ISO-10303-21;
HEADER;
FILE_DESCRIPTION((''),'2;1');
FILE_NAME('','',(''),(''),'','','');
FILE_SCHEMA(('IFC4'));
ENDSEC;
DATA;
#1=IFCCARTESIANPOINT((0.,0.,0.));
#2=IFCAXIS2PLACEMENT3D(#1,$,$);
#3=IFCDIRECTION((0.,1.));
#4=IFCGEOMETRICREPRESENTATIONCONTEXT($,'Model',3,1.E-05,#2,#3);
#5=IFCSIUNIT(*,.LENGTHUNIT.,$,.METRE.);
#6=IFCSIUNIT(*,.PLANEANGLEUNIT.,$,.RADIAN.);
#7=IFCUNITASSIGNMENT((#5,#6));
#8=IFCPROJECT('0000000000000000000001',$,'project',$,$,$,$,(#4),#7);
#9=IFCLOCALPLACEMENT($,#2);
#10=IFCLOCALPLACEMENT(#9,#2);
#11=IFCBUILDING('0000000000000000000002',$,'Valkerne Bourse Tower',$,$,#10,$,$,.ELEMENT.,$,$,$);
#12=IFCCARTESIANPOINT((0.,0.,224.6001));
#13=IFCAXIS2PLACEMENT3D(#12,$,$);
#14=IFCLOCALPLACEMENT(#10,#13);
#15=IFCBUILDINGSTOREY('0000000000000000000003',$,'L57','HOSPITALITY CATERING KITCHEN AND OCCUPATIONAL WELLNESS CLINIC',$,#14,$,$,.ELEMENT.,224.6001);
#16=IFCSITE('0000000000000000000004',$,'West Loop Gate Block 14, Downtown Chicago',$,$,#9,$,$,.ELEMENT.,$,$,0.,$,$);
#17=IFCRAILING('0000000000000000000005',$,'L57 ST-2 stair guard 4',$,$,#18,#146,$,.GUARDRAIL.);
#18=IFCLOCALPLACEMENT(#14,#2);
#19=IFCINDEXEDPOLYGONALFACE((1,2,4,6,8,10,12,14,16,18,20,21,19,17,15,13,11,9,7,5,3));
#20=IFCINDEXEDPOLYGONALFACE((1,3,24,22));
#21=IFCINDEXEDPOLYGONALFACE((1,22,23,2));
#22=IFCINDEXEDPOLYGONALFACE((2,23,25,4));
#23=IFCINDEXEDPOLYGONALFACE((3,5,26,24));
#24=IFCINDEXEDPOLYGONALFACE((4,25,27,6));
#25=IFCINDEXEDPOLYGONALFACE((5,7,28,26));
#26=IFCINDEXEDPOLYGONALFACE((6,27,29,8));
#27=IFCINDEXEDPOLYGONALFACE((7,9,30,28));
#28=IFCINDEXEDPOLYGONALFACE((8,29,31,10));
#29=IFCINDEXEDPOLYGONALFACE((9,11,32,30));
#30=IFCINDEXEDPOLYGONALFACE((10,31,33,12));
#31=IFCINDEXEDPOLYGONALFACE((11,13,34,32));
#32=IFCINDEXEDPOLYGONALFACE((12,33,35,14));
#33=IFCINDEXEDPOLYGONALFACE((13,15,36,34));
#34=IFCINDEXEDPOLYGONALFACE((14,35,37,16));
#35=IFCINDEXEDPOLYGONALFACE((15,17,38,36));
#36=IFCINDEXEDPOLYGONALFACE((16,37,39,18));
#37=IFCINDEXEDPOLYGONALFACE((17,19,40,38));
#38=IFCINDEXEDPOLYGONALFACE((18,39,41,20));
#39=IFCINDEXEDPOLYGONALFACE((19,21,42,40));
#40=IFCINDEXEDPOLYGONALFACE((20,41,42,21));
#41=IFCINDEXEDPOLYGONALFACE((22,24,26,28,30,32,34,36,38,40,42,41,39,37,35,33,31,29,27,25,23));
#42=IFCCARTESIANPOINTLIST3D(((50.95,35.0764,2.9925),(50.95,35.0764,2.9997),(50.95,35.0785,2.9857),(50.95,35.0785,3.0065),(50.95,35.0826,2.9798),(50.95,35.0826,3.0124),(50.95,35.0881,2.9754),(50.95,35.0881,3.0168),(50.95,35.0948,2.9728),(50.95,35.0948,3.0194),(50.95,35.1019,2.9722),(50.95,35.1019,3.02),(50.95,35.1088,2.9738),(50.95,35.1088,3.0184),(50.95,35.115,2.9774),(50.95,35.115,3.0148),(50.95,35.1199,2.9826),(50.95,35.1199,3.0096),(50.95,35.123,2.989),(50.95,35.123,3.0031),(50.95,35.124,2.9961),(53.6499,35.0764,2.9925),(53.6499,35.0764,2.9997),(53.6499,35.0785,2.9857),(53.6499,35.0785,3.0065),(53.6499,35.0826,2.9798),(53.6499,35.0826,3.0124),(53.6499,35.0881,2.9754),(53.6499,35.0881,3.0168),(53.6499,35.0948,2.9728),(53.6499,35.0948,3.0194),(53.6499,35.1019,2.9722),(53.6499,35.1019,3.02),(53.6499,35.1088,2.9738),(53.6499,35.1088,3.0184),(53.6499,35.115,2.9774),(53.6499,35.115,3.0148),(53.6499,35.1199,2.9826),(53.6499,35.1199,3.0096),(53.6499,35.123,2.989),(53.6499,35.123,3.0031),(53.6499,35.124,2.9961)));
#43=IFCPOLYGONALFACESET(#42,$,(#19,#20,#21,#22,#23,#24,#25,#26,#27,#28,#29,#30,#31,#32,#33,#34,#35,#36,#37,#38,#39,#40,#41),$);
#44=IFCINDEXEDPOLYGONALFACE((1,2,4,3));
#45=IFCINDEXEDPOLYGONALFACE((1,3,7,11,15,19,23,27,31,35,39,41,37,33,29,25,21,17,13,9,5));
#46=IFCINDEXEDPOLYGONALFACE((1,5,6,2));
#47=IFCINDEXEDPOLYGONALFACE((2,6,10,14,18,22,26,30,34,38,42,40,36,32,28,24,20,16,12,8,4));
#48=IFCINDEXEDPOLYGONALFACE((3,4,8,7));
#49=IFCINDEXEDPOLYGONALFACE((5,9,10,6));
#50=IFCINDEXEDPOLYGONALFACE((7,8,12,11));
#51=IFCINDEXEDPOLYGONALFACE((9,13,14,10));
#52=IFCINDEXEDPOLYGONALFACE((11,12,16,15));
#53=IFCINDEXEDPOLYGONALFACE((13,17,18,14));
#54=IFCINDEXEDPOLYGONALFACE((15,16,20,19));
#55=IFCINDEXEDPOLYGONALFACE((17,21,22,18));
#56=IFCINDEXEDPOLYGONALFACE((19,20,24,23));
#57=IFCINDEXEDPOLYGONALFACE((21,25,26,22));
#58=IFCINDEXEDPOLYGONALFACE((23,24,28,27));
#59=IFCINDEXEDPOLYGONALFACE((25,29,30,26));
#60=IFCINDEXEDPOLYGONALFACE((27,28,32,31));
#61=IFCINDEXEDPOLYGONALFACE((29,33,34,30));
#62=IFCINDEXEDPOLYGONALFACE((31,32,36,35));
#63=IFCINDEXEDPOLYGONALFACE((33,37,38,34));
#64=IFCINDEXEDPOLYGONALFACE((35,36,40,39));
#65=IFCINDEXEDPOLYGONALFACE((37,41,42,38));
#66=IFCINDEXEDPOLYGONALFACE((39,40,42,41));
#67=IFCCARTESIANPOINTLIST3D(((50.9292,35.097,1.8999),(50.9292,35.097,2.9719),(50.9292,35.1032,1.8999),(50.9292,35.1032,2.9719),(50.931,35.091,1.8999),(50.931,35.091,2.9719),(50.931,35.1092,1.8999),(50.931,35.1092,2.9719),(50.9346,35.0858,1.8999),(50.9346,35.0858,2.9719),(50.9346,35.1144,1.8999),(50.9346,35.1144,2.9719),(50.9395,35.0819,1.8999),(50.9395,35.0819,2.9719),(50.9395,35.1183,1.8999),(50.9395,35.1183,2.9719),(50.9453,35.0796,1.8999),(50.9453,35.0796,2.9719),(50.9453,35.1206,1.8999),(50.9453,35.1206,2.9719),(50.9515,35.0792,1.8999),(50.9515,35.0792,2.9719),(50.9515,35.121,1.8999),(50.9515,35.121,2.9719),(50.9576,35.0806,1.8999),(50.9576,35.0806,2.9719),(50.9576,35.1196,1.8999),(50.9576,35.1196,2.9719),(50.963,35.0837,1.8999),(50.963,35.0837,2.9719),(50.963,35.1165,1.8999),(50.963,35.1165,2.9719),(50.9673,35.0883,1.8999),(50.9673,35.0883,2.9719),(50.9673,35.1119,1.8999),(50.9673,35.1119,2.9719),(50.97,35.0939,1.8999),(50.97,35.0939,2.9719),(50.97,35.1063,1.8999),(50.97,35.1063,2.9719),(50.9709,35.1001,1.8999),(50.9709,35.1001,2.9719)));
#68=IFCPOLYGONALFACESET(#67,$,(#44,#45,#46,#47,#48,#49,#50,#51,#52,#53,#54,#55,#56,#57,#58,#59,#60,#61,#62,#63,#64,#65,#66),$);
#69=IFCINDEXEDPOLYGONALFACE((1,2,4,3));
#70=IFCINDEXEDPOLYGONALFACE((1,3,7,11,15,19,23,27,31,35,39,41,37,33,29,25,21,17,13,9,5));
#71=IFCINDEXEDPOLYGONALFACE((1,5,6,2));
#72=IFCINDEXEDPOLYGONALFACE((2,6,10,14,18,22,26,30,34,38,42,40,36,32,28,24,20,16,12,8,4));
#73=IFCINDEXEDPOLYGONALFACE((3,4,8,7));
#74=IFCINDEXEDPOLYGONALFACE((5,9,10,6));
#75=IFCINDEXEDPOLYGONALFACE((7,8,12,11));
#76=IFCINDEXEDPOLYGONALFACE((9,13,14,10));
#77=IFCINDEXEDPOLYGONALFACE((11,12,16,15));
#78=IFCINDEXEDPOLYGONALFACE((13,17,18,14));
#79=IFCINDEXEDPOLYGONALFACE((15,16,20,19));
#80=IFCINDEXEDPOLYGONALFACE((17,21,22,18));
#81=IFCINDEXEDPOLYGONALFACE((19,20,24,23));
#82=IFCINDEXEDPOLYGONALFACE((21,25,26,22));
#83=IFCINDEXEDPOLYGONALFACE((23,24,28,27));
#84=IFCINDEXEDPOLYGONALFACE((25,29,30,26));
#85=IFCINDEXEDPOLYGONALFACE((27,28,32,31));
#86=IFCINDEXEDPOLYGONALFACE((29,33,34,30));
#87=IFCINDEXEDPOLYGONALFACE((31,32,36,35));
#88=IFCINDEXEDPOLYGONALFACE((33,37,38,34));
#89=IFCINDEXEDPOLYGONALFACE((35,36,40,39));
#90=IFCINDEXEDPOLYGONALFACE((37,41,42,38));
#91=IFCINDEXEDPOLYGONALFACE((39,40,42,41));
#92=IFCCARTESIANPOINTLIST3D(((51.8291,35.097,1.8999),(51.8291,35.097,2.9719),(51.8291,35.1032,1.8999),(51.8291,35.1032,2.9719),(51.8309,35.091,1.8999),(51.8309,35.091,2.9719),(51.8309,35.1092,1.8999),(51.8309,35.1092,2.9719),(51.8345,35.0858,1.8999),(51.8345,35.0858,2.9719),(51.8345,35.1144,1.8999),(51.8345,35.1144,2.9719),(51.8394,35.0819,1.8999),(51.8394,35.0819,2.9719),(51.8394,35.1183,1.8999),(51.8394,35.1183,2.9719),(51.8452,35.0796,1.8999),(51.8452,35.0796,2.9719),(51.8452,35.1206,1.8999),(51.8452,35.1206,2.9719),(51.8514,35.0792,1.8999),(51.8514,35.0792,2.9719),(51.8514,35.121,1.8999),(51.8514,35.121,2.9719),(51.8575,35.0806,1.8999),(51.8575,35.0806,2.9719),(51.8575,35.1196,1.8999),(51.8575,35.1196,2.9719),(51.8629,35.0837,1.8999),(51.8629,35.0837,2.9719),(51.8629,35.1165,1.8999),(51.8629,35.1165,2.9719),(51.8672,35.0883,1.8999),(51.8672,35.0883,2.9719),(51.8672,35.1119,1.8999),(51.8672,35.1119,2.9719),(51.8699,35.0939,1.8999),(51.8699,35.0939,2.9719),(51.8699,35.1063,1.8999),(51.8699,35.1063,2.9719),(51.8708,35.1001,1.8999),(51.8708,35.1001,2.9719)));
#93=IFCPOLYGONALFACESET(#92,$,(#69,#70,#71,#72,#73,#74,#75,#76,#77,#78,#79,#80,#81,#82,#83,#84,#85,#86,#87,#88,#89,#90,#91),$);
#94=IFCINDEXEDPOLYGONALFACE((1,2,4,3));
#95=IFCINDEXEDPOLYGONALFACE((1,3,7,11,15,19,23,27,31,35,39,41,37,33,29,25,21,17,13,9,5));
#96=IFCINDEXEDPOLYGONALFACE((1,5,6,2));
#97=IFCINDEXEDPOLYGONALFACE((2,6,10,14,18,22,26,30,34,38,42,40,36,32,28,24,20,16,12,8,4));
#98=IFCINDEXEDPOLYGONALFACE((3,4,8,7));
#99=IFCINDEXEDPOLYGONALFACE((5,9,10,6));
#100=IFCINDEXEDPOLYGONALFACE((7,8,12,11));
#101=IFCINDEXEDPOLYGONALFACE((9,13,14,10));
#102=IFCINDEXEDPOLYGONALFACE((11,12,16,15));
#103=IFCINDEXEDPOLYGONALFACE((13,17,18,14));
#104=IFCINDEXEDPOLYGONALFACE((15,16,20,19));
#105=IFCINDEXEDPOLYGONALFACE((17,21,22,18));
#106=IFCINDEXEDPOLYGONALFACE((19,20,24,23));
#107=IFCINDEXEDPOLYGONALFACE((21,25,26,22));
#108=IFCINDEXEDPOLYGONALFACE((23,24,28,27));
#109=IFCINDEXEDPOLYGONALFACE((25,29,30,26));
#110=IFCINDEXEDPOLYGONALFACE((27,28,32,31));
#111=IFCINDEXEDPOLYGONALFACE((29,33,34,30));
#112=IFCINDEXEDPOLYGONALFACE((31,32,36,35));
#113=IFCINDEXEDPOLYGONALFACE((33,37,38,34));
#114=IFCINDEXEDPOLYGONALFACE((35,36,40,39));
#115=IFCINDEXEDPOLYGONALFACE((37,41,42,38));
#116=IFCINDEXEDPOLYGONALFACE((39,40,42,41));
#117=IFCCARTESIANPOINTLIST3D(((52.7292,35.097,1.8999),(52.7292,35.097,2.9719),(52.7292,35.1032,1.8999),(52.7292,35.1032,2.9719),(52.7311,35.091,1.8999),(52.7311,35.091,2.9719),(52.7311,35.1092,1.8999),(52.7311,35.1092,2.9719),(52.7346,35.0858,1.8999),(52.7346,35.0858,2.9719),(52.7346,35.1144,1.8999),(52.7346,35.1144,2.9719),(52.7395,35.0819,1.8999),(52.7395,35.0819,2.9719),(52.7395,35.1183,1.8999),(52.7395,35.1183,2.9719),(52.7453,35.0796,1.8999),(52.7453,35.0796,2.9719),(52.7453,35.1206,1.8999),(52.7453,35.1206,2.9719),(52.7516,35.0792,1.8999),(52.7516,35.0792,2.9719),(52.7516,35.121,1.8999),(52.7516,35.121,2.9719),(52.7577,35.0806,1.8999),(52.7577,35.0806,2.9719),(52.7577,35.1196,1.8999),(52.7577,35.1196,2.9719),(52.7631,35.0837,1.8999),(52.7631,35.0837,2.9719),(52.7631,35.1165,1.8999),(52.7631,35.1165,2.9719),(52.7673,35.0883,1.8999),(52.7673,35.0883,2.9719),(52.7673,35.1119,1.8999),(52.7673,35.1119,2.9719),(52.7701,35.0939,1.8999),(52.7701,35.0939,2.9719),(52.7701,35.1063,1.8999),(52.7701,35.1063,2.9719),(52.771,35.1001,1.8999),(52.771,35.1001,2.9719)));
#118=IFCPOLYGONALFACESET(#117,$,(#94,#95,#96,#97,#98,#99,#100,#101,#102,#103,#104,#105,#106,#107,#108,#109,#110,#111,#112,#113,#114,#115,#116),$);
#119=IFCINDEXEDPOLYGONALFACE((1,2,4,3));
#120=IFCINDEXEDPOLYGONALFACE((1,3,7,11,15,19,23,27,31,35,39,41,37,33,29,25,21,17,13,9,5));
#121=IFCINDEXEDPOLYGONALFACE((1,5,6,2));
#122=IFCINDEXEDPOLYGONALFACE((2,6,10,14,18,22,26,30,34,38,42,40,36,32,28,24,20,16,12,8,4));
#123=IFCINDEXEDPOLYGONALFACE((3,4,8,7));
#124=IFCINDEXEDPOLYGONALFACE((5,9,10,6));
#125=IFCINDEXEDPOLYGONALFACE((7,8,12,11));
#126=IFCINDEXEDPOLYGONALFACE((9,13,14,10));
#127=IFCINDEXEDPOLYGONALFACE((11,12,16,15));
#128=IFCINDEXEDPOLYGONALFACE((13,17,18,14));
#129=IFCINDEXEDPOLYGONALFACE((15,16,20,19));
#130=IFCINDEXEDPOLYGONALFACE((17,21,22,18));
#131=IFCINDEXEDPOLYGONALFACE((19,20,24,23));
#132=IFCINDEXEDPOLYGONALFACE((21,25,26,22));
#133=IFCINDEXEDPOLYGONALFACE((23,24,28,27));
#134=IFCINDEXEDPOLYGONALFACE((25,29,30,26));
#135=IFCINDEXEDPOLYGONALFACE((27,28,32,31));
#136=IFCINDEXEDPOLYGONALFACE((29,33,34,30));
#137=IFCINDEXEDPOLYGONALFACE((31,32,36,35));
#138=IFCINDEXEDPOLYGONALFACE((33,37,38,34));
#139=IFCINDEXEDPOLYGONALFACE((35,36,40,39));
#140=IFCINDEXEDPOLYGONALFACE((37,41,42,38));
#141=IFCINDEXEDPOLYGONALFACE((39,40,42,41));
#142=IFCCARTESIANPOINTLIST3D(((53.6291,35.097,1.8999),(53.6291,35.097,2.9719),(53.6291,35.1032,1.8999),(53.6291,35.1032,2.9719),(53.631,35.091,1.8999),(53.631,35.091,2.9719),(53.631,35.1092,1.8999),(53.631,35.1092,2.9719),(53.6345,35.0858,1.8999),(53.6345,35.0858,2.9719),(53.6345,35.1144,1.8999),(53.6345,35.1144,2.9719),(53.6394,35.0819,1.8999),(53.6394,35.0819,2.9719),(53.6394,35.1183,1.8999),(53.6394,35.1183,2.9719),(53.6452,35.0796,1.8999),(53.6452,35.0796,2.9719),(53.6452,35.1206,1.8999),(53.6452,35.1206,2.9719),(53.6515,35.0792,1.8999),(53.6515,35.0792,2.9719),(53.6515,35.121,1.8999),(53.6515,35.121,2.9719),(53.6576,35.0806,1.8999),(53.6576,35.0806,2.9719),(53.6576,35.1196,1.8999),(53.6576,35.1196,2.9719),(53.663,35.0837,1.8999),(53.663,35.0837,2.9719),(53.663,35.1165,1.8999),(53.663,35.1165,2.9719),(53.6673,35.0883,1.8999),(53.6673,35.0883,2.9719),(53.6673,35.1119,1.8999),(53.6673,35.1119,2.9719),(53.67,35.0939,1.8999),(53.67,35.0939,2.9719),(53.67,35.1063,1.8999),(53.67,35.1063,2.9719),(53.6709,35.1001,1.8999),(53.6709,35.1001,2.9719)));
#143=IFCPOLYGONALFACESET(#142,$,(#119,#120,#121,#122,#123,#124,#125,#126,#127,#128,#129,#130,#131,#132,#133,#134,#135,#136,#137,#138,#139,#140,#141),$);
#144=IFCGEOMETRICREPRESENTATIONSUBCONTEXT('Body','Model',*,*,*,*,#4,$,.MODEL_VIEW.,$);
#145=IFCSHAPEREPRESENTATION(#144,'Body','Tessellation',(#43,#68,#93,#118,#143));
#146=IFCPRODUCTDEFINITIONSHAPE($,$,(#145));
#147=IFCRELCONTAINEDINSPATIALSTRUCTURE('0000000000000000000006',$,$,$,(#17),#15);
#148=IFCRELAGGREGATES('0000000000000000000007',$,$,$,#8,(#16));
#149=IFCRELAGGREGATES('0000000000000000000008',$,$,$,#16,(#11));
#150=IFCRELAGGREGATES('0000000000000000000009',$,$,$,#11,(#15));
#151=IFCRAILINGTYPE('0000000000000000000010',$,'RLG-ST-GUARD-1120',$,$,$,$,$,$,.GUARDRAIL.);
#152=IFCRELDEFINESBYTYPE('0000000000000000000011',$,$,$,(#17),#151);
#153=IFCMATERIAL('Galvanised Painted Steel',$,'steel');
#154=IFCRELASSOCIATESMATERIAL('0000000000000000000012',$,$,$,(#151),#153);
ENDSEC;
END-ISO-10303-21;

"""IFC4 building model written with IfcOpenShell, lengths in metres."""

from ifc_helpers import new_model, si_unit, direction, frame, origin, origin_2d, place, context, subcontext, project, spatial, circle, extrude, material, type_object, element, save


model = new_model("IFC4")

# Units and contexts
model_context = context("Model", 3, precision=1e-05, world=origin(), true_north=direction((0.0, 1.0)))
body_context = subcontext(model_context, "Body", "Model", "MODEL_VIEW")
ifc_project = project(units=[si_unit("LENGTHUNIT", "METRE"), si_unit("PLANEANGLEUNIT", "RADIAN")], contexts=[model_context])

# Site, building, storey
site_placement = place(None, origin())
site = spatial("IfcSite", under=ifc_project, at=site_placement, Name="West Loop Gate Block 14, Downtown Chicago", CompositionType="ELEMENT", RefElevation=0.0)
building_placement = place(site_placement, origin())
building = spatial("IfcBuilding", under=site, at=building_placement, Name="Valkerne Bourse Tower", CompositionType="ELEMENT")
storey_placement = place(building_placement, frame((0.0, 0.0, 224.6001)))
storey = spatial("IfcBuildingStorey", under=building, at=storey_placement, Name="L57", Description="HOSPITALITY CATERING KITCHEN AND OCCUPATIONAL WELLNESS CLINIC", CompositionType="ELEMENT", Elevation=224.6001)

# Shared definitions
ifc_material_1 = material(Name="Galvanised Painted Steel", Category="steel")

# Railing
railing_type_1 = type_object("IfcRailingType", Name="RLG-ST-GUARD-1120", PredefinedType="GUARDRAIL", material=ifc_material_1)
for number, where, name in (
    (1, (50.95, 35.1001, 1.8999), "L57 ST-2 stair guard 4"),
):
    element("IfcRailing", number, at=place(storey_placement, frame(where)), inside=storey, type_object=railing_type_1, Name=name, PredefinedType="GUARDRAIL", context=body_context, shape_type="SweptSolid", body=[
        extrude(circle(Radius=0.0239, at=origin_2d()), frame((0.0, 0.0, 1.0962), z_axis=(1.0, 0.0, 0.0), x_axis=(0.0, 1.0, 0.0)), (0.0, 0.0, 1.0), 2.7),
        extrude(circle(Radius=0.021, at=origin_2d()), origin(), (0.0, 0.0, 1.0), 1.072),
        extrude(circle(Radius=0.021, at=origin_2d()), frame((0.8999, 0.0, 0.0)), (0.0, 0.0, 1.0), 1.072),
        extrude(circle(Radius=0.021, at=origin_2d()), frame((1.8, 0.0, 0.0)), (0.0, 0.0, 1.0), 1.072),
        extrude(circle(Radius=0.021, at=origin_2d()), frame((2.7, 0.0, 0.0)), (0.0, 0.0, 1.0), 1.072),
    ])

save(model, "model.ifc")
